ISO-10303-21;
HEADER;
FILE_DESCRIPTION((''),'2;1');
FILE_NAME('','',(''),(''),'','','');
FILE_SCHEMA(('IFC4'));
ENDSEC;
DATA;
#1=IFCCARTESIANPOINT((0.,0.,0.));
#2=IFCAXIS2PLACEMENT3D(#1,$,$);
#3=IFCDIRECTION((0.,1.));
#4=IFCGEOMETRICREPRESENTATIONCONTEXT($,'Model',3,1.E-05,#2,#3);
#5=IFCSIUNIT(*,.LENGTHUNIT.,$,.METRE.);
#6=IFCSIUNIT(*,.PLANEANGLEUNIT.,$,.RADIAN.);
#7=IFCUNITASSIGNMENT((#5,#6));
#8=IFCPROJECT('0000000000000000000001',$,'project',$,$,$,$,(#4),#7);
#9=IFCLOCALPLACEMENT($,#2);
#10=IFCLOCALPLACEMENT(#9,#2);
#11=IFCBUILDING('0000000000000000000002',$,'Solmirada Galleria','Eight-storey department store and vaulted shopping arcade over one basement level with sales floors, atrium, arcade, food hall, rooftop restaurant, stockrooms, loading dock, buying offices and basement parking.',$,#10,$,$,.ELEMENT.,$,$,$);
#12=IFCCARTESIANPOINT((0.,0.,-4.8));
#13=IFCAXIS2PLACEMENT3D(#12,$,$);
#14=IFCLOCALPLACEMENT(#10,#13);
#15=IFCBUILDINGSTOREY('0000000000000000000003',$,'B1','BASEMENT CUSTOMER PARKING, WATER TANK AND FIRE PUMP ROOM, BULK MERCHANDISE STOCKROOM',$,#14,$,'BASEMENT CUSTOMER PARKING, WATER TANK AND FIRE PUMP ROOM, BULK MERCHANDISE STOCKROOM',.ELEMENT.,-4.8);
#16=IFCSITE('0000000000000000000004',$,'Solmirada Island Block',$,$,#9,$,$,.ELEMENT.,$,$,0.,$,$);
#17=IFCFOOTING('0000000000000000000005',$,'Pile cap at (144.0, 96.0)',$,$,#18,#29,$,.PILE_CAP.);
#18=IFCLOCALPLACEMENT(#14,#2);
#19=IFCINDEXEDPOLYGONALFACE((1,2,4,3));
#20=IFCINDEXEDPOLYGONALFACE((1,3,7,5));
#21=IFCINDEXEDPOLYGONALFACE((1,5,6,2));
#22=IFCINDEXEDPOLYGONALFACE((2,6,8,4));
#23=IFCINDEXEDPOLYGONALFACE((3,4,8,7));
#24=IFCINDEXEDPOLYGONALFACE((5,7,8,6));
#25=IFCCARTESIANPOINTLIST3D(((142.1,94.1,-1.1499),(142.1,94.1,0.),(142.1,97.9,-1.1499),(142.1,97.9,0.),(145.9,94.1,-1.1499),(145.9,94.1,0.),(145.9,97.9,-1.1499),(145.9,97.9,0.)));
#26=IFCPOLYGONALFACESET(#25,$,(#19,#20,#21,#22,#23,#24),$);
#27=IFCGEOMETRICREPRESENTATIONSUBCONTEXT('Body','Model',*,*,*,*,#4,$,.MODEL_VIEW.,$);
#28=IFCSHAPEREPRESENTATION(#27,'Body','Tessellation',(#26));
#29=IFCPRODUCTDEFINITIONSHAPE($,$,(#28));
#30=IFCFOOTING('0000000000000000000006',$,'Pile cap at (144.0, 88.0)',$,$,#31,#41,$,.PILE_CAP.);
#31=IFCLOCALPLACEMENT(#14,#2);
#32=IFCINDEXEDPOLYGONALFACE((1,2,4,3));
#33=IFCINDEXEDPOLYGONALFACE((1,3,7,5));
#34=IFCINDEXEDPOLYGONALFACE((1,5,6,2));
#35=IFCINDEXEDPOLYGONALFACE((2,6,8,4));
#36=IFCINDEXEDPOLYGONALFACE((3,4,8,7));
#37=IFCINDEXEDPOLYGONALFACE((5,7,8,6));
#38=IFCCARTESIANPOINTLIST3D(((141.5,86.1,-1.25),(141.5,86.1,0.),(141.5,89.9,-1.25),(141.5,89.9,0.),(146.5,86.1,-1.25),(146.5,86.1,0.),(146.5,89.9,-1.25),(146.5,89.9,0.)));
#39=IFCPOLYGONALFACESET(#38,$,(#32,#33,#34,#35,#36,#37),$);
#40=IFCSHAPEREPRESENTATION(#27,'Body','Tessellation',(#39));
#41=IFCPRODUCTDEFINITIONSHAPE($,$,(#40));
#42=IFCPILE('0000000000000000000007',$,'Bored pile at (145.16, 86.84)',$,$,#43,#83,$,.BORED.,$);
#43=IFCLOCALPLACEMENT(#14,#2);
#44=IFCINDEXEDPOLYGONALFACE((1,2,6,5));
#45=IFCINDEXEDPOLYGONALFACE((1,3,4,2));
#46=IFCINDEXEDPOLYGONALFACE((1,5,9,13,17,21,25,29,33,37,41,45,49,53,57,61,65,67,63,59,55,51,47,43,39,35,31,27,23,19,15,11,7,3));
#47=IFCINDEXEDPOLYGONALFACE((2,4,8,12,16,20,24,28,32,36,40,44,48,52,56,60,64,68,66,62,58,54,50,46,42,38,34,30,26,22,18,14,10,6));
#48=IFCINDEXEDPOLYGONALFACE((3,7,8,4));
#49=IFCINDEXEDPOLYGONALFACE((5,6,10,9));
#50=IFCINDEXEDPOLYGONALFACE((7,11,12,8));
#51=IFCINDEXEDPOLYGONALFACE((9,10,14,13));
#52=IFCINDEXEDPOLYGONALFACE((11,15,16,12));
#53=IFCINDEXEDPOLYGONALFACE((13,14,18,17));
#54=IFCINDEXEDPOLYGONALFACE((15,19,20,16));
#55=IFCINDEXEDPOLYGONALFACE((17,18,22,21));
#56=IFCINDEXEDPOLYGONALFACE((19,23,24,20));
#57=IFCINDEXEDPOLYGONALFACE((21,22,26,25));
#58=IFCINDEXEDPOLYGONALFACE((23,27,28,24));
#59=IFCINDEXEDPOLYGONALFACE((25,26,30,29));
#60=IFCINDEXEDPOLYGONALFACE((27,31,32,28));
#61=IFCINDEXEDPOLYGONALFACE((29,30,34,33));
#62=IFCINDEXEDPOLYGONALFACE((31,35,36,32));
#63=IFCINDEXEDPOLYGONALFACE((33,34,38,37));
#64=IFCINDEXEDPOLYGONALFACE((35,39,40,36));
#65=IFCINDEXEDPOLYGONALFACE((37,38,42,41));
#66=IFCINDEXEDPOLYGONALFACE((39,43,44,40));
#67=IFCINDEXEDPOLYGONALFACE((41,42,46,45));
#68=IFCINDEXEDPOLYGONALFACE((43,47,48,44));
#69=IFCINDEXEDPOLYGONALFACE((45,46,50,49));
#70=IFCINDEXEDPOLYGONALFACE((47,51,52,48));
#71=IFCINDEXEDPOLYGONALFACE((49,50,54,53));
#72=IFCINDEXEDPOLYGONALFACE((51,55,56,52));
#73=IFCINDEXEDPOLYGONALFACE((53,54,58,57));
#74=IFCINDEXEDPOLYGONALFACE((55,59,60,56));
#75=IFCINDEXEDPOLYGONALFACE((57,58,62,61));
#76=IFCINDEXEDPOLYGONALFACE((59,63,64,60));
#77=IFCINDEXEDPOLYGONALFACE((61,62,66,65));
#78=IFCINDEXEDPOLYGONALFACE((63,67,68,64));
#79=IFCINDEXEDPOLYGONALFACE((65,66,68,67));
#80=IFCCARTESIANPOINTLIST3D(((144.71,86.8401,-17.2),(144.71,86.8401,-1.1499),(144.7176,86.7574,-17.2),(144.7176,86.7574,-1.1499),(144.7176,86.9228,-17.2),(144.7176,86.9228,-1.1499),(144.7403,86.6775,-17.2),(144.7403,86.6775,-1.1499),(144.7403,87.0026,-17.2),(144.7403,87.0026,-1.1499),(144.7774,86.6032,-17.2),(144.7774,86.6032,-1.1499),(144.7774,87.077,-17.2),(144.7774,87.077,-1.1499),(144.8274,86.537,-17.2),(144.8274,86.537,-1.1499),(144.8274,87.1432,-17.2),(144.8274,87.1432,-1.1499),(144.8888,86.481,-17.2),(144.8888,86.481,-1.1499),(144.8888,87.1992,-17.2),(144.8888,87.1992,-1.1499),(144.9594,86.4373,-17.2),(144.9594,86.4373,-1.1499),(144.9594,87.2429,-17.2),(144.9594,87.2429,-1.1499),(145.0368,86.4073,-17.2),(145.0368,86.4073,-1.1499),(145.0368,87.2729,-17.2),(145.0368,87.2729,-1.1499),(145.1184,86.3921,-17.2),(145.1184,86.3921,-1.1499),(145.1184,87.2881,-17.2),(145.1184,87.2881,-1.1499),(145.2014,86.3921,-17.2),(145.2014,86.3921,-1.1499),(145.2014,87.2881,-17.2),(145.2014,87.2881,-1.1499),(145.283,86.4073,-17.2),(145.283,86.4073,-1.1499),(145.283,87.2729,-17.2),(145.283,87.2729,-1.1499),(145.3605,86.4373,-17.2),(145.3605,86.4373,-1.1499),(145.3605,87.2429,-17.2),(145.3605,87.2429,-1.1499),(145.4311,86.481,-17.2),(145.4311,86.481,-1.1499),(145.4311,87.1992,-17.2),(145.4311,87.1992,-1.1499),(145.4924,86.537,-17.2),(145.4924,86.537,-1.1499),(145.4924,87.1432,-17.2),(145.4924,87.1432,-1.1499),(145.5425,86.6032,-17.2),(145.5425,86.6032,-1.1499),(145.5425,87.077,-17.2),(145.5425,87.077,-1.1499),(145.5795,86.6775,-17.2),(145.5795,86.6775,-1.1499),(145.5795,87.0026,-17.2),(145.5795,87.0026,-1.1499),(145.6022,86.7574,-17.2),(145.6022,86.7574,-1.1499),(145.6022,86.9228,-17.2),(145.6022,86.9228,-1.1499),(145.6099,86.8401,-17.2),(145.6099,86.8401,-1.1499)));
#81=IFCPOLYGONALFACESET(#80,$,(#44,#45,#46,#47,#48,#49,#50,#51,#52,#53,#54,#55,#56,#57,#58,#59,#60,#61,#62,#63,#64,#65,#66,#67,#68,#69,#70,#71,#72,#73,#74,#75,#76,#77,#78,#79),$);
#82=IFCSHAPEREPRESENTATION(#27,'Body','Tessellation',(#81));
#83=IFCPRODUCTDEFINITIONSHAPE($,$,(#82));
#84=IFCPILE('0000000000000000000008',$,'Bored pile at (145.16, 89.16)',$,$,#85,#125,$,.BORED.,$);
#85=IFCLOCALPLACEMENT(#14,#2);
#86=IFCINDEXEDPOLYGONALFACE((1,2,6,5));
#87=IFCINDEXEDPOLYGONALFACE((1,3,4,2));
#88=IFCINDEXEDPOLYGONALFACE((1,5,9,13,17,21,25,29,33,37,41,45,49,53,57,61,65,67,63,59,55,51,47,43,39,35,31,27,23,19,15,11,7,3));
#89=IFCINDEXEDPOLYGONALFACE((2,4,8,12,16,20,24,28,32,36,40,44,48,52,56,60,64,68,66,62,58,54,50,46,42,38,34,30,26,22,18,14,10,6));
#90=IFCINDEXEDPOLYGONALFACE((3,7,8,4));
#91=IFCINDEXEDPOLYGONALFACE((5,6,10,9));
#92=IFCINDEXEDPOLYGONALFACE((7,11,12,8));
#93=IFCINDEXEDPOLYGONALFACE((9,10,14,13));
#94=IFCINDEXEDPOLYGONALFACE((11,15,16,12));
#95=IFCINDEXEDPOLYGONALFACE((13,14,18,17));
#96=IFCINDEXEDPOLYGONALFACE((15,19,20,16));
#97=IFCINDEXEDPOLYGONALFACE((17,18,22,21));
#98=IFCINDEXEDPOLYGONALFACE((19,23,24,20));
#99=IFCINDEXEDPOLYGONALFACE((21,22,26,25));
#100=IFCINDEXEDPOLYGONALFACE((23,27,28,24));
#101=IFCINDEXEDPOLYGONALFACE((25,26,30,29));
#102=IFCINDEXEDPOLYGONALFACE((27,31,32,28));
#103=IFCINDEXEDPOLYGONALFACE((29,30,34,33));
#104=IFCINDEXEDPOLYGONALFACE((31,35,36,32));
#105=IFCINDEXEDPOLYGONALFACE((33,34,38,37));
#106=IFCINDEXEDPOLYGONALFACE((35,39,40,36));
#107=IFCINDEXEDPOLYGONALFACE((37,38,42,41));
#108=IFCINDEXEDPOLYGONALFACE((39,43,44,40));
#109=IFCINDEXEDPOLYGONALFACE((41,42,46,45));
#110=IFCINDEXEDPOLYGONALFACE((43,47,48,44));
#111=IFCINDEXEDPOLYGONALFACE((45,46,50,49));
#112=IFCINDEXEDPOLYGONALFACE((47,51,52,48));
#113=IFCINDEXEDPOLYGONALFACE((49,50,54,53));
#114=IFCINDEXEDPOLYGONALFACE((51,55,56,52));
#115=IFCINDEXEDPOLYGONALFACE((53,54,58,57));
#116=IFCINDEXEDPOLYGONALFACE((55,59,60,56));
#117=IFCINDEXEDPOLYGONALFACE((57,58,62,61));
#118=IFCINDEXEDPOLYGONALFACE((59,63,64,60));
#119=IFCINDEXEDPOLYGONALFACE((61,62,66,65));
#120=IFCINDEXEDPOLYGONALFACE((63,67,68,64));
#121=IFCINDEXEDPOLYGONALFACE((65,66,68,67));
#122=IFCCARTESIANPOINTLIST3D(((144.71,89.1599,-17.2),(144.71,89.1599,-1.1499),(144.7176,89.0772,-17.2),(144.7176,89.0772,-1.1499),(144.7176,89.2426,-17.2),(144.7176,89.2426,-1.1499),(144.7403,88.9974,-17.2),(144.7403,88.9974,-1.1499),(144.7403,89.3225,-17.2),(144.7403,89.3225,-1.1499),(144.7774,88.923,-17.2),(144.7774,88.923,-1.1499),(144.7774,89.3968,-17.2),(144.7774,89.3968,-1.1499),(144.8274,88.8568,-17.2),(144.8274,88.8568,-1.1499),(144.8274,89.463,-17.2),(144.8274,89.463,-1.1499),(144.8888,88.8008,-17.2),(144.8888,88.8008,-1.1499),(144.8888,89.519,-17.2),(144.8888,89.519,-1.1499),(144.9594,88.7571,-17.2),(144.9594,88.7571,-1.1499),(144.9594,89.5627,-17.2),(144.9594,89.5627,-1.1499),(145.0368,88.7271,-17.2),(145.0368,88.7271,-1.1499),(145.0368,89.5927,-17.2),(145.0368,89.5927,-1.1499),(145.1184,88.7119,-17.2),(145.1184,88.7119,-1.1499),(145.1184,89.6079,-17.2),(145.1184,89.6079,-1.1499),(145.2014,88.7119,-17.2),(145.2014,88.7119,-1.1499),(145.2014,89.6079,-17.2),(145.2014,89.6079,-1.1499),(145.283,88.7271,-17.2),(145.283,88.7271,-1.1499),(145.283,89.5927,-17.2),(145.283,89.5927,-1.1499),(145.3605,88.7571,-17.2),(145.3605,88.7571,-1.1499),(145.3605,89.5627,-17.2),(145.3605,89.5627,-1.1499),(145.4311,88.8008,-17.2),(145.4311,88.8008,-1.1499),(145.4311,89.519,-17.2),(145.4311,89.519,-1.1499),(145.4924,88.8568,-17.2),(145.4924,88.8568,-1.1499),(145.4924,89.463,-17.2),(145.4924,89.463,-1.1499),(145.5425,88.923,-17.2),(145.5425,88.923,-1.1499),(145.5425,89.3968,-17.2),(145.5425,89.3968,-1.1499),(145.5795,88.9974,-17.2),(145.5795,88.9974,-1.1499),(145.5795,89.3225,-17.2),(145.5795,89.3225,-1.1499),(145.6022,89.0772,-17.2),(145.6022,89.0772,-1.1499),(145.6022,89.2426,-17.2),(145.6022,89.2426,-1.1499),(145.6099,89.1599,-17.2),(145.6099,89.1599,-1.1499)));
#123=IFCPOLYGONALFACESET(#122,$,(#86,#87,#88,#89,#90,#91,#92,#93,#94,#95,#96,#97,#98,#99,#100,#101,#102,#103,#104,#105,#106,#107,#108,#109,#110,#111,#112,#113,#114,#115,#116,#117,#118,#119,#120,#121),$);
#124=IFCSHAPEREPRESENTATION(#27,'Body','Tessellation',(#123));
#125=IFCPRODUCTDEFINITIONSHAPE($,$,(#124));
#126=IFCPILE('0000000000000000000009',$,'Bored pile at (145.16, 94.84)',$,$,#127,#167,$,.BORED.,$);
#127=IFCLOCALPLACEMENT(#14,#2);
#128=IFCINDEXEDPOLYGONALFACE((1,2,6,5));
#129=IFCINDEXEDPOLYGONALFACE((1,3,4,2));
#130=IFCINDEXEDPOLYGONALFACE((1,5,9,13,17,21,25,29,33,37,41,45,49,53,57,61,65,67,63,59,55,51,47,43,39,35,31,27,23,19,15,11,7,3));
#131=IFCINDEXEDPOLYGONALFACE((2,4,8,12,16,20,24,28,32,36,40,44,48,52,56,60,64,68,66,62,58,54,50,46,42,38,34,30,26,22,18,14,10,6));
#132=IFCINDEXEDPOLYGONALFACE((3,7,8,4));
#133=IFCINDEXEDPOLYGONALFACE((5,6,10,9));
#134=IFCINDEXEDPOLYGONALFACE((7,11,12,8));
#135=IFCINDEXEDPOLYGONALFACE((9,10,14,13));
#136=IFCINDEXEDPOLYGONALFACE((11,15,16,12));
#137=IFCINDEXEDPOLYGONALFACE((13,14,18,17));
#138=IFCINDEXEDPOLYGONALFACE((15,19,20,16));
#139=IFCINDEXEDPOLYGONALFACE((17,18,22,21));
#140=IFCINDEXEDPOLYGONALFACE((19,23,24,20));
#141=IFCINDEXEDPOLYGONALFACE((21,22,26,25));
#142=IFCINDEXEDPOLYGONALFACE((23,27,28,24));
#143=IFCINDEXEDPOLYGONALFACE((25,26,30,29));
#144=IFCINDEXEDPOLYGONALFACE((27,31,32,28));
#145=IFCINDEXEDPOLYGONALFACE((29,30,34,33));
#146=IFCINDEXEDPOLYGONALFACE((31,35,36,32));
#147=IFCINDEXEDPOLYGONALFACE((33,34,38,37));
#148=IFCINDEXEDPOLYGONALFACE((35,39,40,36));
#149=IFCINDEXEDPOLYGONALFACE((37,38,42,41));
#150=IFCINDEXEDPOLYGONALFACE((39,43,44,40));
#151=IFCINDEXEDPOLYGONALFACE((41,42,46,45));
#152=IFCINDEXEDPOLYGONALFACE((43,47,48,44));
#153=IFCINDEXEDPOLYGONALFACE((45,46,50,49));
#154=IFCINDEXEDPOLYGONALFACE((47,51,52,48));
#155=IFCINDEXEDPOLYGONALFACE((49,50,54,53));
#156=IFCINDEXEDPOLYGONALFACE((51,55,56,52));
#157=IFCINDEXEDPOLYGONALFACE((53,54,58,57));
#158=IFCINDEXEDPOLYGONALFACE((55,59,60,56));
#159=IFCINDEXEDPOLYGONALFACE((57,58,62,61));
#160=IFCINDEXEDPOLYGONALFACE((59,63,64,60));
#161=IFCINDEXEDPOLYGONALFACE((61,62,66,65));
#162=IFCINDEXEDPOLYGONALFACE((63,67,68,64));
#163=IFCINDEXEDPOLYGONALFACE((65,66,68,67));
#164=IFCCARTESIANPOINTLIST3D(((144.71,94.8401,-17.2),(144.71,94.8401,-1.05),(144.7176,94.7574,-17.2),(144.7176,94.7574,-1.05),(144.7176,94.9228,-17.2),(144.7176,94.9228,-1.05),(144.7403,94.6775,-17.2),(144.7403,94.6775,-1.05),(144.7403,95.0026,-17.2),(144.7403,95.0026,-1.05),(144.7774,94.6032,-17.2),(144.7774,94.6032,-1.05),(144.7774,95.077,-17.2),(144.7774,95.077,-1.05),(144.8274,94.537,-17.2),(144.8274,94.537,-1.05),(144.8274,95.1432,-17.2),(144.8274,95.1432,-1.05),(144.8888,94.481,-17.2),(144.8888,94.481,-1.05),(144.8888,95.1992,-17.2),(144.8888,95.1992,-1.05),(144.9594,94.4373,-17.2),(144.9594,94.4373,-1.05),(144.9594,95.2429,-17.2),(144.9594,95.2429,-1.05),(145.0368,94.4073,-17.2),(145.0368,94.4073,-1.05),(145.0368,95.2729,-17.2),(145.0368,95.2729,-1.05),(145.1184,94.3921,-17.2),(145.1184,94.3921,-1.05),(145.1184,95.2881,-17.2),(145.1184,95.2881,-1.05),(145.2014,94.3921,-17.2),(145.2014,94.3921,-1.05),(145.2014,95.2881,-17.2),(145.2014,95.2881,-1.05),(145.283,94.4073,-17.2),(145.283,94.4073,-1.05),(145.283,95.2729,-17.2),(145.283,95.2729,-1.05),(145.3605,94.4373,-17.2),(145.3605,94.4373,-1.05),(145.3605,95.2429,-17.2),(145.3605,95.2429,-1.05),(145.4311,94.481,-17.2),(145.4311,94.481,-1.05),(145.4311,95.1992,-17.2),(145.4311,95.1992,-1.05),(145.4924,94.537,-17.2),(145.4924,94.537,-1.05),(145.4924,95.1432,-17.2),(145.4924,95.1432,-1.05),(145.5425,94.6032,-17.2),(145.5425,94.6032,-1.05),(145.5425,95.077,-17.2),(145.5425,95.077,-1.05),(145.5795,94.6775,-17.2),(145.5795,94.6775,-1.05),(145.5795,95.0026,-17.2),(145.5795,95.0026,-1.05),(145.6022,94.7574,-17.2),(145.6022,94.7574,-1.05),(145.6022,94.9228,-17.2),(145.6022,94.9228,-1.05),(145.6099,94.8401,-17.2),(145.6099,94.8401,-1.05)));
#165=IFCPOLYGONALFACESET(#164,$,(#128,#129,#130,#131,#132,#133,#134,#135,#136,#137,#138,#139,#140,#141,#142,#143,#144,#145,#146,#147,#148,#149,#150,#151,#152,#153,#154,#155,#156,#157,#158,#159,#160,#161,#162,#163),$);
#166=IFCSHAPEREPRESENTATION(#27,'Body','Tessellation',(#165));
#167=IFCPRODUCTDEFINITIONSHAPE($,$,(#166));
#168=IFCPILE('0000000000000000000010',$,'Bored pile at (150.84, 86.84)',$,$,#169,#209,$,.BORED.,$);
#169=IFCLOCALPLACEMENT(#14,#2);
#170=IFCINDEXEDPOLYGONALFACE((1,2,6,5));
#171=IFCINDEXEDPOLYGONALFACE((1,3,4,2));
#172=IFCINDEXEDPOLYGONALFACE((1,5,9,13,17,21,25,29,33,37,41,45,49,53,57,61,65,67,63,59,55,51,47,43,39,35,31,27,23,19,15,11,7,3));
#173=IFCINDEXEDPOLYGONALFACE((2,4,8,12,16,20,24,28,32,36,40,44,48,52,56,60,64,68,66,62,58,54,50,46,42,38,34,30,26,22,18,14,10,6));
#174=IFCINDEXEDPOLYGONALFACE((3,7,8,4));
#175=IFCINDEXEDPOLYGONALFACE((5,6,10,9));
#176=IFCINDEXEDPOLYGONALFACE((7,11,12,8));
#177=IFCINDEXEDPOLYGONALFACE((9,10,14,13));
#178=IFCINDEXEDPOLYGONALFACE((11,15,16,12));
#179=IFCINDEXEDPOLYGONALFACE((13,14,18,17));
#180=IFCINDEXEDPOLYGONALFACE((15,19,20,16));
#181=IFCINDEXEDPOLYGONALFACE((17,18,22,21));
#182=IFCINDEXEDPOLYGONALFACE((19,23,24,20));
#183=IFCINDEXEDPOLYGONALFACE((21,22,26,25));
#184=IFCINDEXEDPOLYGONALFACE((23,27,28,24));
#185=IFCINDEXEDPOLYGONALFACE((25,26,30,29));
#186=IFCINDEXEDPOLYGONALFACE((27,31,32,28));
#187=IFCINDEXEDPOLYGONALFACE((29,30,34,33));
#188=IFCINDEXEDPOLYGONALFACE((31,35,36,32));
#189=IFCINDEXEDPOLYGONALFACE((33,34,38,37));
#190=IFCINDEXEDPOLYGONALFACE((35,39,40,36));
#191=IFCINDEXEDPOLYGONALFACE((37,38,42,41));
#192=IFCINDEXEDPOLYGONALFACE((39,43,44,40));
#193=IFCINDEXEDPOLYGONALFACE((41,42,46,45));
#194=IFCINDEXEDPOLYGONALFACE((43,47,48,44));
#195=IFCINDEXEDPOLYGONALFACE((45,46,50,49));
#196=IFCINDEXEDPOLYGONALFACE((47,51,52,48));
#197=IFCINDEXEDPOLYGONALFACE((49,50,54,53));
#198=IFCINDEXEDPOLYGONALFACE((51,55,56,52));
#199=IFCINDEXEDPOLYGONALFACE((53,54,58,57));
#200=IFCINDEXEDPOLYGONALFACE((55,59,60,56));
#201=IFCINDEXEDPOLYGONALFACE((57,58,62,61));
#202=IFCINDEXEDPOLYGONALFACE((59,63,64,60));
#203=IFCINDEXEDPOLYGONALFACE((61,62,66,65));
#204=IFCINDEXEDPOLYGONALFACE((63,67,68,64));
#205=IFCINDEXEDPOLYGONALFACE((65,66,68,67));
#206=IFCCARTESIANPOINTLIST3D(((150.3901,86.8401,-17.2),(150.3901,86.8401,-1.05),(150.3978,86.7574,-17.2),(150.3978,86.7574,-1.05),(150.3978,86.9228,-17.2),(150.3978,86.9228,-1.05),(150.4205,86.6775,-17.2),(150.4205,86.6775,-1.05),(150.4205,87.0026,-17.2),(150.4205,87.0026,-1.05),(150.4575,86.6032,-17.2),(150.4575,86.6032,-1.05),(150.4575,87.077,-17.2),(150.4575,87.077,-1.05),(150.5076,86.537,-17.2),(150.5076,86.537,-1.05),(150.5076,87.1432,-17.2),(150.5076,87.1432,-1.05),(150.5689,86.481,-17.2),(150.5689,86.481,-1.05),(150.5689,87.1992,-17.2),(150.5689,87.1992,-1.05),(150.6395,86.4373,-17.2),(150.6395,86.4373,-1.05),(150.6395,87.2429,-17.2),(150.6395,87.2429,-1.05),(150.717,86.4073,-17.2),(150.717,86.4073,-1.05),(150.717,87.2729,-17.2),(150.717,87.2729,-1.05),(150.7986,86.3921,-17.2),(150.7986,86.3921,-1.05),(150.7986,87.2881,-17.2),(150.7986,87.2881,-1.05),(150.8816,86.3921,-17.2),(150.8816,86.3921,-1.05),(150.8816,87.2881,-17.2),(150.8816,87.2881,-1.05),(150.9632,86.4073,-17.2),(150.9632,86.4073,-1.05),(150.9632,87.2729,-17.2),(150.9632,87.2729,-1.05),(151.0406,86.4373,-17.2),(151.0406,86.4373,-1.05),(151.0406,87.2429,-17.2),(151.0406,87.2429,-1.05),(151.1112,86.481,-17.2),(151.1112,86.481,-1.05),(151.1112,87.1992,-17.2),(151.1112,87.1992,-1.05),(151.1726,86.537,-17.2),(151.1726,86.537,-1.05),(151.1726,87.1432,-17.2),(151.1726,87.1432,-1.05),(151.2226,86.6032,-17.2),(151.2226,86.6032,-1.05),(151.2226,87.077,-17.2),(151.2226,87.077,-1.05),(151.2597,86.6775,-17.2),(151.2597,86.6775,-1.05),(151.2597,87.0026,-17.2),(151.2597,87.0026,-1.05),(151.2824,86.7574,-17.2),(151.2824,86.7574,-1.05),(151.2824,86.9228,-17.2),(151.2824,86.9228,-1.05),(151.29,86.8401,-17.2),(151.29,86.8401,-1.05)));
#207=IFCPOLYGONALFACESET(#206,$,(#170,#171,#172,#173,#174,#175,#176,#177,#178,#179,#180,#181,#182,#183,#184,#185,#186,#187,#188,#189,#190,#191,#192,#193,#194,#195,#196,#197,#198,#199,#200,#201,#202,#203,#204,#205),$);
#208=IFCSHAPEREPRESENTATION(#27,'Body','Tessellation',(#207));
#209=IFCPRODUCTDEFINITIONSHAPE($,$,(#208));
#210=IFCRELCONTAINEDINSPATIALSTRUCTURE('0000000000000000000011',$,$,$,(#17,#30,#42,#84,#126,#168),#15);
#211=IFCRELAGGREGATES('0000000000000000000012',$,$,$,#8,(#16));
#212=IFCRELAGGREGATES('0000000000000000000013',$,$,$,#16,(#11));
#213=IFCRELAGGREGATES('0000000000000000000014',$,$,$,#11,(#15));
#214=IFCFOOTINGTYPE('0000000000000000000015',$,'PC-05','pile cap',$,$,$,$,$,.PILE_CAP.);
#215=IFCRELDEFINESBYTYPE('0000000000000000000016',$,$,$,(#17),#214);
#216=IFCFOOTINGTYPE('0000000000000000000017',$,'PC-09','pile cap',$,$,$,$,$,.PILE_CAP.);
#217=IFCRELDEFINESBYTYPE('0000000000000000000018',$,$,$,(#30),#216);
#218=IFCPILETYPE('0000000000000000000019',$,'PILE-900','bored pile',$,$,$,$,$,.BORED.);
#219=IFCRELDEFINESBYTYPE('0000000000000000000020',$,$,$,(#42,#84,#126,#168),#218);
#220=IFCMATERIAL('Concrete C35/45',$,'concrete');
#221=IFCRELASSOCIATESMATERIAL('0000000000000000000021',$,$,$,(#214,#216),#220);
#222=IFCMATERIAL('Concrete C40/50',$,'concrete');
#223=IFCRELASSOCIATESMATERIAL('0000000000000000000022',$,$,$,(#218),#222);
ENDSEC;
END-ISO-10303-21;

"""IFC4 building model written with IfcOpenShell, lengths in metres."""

from ifc_helpers import new_model, si_unit, direction, frame, origin, origin_2d, place, context, subcontext, project, spatial, rectangle, circle, extrude, material, material_profile, profile_set, type_object, element, save


model = new_model("IFC4")

# Units and contexts
model_context = context("Model", 3, precision=1e-05, world=origin(), true_north=direction((0.0, 1.0)))
body_context = subcontext(model_context, "Body", "Model", "MODEL_VIEW")
ifc_project = project(units=[si_unit("LENGTHUNIT", "METRE"), si_unit("PLANEANGLEUNIT", "RADIAN")], contexts=[model_context])

# Site, building, storey
site_placement = place(None, origin())
site = spatial("IfcSite", under=ifc_project, at=site_placement, Name="Solmirada Island Block", CompositionType="ELEMENT", RefElevation=0.0)
building_placement = place(site_placement, origin())
building = spatial("IfcBuilding", under=site, at=building_placement, Name="Solmirada Galleria", Description="Eight-storey department store and vaulted shopping arcade over one basement level with sales floors, atrium, arcade, food hall, rooftop restaurant, stockrooms, loading dock, buying offices and basement parking.", CompositionType="ELEMENT")
storey_placement = place(building_placement, frame((0.0, 0.0, -4.8)))
storey = spatial("IfcBuildingStorey", under=building, at=storey_placement, Name="B1", Description="BASEMENT CUSTOMER PARKING, WATER TANK AND FIRE PUMP ROOM, BULK MERCHANDISE STOCKROOM", LongName="BASEMENT CUSTOMER PARKING, WATER TANK AND FIRE PUMP ROOM, BULK MERCHANDISE STOCKROOM", CompositionType="ELEMENT", Elevation=-4.8)

# Footings
ifc_material_1 = material(Name="Concrete C35/45", Category="concrete")
footing_type_1 = type_object("IfcFootingType", Name="PC-05", Description="pile cap", PredefinedType="PILE_CAP", material=ifc_material_1)
footing_1_placement = place(storey_placement, frame((144.0, 96.0, -1.1499), z_axis=(0.0, 0.0, 1.0), x_axis=(1.0, 0.0, 0.0)))
element("IfcFooting", 1, at=footing_1_placement, inside=storey, type_object=footing_type_1, Name="Pile cap at (144.0, 96.0)", PredefinedType="PILE_CAP", context=body_context, shape_type="SweptSolid", body=[
    extrude(rectangle(XDim=3.8, YDim=3.8, at=origin_2d()), origin(), (0.0, 0.0, 1.0), 1.1499),
])
footing_type_2 = type_object("IfcFootingType", Name="PC-09", Description="pile cap", PredefinedType="PILE_CAP", material=ifc_material_1)
footing_2_placement = place(storey_placement, frame((144.0, 88.0, -1.25), z_axis=(0.0, 0.0, 1.0), x_axis=(1.0, 0.0, 0.0)))
element("IfcFooting", 2, at=footing_2_placement, inside=storey, type_object=footing_type_2, Name="Pile cap at (144.0, 88.0)", PredefinedType="PILE_CAP", context=body_context, shape_type="SweptSolid", body=[
    extrude(rectangle(XDim=5.0, YDim=3.8, at=origin_2d()), origin(), (0.0, 0.0, 1.0), 1.25),
])

# Piles
ifc_material_2 = material(Name="Concrete C40/50", Category="concrete")
ifc_material_profile_1 = material_profile(ifc_material_2, circle(Radius=0.45, at=origin_2d()), Name="PILE900")
ifc_profile_set_1 = profile_set([ifc_material_profile_1], Name="Concrete C40/50")
pile_type = type_object("IfcPileType", Name="PILE-900", Description="bored pile", PredefinedType="BORED", material=ifc_profile_set_1)
for number, where, z_axis, x_axis, name in (
    (3, (145.1599, 86.8401, -1.1499), (0.0, 0.0, -1.0), (1.0, 0.0, 0.0), "Bored pile at (145.16, 86.84)"),
    (4, (145.1599, 89.1599, -1.1499), (0.0, 0.0, -1.0), (1.0, 0.0, 0.0), "Bored pile at (145.16, 89.16)"),
):
    element("IfcPile", number, at=place(storey_placement, frame(where, z_axis=z_axis, x_axis=x_axis)), inside=storey, type_object=pile_type, Name=name, PredefinedType="BORED", context=body_context, shape_type="SweptSolid", body=[
        extrude(circle(Radius=0.45, at=origin_2d()), origin(), (0.0, 0.0, 1.0), 16.05),
    ])
for number, where, z_axis, x_axis, name in (
    (5, (145.1599, 94.8401, -1.05), (0.0, 0.0, -1.0), (1.0, 0.0, 0.0), "Bored pile at (145.16, 94.84)"),
    (6, (150.8401, 86.8401, -1.05), (0.0, 0.0, -1.0), (1.0, 0.0, 0.0), "Bored pile at (150.84, 86.84)"),
):
    element("IfcPile", number, at=place(storey_placement, frame(where, z_axis=z_axis, x_axis=x_axis)), inside=storey, type_object=pile_type, Name=name, PredefinedType="BORED", context=body_context, shape_type="SweptSolid", body=[
        extrude(circle(Radius=0.45, at=origin_2d()), origin(), (0.0, 0.0, 1.0), 16.1499),
    ])

save(model, "model.ifc")
